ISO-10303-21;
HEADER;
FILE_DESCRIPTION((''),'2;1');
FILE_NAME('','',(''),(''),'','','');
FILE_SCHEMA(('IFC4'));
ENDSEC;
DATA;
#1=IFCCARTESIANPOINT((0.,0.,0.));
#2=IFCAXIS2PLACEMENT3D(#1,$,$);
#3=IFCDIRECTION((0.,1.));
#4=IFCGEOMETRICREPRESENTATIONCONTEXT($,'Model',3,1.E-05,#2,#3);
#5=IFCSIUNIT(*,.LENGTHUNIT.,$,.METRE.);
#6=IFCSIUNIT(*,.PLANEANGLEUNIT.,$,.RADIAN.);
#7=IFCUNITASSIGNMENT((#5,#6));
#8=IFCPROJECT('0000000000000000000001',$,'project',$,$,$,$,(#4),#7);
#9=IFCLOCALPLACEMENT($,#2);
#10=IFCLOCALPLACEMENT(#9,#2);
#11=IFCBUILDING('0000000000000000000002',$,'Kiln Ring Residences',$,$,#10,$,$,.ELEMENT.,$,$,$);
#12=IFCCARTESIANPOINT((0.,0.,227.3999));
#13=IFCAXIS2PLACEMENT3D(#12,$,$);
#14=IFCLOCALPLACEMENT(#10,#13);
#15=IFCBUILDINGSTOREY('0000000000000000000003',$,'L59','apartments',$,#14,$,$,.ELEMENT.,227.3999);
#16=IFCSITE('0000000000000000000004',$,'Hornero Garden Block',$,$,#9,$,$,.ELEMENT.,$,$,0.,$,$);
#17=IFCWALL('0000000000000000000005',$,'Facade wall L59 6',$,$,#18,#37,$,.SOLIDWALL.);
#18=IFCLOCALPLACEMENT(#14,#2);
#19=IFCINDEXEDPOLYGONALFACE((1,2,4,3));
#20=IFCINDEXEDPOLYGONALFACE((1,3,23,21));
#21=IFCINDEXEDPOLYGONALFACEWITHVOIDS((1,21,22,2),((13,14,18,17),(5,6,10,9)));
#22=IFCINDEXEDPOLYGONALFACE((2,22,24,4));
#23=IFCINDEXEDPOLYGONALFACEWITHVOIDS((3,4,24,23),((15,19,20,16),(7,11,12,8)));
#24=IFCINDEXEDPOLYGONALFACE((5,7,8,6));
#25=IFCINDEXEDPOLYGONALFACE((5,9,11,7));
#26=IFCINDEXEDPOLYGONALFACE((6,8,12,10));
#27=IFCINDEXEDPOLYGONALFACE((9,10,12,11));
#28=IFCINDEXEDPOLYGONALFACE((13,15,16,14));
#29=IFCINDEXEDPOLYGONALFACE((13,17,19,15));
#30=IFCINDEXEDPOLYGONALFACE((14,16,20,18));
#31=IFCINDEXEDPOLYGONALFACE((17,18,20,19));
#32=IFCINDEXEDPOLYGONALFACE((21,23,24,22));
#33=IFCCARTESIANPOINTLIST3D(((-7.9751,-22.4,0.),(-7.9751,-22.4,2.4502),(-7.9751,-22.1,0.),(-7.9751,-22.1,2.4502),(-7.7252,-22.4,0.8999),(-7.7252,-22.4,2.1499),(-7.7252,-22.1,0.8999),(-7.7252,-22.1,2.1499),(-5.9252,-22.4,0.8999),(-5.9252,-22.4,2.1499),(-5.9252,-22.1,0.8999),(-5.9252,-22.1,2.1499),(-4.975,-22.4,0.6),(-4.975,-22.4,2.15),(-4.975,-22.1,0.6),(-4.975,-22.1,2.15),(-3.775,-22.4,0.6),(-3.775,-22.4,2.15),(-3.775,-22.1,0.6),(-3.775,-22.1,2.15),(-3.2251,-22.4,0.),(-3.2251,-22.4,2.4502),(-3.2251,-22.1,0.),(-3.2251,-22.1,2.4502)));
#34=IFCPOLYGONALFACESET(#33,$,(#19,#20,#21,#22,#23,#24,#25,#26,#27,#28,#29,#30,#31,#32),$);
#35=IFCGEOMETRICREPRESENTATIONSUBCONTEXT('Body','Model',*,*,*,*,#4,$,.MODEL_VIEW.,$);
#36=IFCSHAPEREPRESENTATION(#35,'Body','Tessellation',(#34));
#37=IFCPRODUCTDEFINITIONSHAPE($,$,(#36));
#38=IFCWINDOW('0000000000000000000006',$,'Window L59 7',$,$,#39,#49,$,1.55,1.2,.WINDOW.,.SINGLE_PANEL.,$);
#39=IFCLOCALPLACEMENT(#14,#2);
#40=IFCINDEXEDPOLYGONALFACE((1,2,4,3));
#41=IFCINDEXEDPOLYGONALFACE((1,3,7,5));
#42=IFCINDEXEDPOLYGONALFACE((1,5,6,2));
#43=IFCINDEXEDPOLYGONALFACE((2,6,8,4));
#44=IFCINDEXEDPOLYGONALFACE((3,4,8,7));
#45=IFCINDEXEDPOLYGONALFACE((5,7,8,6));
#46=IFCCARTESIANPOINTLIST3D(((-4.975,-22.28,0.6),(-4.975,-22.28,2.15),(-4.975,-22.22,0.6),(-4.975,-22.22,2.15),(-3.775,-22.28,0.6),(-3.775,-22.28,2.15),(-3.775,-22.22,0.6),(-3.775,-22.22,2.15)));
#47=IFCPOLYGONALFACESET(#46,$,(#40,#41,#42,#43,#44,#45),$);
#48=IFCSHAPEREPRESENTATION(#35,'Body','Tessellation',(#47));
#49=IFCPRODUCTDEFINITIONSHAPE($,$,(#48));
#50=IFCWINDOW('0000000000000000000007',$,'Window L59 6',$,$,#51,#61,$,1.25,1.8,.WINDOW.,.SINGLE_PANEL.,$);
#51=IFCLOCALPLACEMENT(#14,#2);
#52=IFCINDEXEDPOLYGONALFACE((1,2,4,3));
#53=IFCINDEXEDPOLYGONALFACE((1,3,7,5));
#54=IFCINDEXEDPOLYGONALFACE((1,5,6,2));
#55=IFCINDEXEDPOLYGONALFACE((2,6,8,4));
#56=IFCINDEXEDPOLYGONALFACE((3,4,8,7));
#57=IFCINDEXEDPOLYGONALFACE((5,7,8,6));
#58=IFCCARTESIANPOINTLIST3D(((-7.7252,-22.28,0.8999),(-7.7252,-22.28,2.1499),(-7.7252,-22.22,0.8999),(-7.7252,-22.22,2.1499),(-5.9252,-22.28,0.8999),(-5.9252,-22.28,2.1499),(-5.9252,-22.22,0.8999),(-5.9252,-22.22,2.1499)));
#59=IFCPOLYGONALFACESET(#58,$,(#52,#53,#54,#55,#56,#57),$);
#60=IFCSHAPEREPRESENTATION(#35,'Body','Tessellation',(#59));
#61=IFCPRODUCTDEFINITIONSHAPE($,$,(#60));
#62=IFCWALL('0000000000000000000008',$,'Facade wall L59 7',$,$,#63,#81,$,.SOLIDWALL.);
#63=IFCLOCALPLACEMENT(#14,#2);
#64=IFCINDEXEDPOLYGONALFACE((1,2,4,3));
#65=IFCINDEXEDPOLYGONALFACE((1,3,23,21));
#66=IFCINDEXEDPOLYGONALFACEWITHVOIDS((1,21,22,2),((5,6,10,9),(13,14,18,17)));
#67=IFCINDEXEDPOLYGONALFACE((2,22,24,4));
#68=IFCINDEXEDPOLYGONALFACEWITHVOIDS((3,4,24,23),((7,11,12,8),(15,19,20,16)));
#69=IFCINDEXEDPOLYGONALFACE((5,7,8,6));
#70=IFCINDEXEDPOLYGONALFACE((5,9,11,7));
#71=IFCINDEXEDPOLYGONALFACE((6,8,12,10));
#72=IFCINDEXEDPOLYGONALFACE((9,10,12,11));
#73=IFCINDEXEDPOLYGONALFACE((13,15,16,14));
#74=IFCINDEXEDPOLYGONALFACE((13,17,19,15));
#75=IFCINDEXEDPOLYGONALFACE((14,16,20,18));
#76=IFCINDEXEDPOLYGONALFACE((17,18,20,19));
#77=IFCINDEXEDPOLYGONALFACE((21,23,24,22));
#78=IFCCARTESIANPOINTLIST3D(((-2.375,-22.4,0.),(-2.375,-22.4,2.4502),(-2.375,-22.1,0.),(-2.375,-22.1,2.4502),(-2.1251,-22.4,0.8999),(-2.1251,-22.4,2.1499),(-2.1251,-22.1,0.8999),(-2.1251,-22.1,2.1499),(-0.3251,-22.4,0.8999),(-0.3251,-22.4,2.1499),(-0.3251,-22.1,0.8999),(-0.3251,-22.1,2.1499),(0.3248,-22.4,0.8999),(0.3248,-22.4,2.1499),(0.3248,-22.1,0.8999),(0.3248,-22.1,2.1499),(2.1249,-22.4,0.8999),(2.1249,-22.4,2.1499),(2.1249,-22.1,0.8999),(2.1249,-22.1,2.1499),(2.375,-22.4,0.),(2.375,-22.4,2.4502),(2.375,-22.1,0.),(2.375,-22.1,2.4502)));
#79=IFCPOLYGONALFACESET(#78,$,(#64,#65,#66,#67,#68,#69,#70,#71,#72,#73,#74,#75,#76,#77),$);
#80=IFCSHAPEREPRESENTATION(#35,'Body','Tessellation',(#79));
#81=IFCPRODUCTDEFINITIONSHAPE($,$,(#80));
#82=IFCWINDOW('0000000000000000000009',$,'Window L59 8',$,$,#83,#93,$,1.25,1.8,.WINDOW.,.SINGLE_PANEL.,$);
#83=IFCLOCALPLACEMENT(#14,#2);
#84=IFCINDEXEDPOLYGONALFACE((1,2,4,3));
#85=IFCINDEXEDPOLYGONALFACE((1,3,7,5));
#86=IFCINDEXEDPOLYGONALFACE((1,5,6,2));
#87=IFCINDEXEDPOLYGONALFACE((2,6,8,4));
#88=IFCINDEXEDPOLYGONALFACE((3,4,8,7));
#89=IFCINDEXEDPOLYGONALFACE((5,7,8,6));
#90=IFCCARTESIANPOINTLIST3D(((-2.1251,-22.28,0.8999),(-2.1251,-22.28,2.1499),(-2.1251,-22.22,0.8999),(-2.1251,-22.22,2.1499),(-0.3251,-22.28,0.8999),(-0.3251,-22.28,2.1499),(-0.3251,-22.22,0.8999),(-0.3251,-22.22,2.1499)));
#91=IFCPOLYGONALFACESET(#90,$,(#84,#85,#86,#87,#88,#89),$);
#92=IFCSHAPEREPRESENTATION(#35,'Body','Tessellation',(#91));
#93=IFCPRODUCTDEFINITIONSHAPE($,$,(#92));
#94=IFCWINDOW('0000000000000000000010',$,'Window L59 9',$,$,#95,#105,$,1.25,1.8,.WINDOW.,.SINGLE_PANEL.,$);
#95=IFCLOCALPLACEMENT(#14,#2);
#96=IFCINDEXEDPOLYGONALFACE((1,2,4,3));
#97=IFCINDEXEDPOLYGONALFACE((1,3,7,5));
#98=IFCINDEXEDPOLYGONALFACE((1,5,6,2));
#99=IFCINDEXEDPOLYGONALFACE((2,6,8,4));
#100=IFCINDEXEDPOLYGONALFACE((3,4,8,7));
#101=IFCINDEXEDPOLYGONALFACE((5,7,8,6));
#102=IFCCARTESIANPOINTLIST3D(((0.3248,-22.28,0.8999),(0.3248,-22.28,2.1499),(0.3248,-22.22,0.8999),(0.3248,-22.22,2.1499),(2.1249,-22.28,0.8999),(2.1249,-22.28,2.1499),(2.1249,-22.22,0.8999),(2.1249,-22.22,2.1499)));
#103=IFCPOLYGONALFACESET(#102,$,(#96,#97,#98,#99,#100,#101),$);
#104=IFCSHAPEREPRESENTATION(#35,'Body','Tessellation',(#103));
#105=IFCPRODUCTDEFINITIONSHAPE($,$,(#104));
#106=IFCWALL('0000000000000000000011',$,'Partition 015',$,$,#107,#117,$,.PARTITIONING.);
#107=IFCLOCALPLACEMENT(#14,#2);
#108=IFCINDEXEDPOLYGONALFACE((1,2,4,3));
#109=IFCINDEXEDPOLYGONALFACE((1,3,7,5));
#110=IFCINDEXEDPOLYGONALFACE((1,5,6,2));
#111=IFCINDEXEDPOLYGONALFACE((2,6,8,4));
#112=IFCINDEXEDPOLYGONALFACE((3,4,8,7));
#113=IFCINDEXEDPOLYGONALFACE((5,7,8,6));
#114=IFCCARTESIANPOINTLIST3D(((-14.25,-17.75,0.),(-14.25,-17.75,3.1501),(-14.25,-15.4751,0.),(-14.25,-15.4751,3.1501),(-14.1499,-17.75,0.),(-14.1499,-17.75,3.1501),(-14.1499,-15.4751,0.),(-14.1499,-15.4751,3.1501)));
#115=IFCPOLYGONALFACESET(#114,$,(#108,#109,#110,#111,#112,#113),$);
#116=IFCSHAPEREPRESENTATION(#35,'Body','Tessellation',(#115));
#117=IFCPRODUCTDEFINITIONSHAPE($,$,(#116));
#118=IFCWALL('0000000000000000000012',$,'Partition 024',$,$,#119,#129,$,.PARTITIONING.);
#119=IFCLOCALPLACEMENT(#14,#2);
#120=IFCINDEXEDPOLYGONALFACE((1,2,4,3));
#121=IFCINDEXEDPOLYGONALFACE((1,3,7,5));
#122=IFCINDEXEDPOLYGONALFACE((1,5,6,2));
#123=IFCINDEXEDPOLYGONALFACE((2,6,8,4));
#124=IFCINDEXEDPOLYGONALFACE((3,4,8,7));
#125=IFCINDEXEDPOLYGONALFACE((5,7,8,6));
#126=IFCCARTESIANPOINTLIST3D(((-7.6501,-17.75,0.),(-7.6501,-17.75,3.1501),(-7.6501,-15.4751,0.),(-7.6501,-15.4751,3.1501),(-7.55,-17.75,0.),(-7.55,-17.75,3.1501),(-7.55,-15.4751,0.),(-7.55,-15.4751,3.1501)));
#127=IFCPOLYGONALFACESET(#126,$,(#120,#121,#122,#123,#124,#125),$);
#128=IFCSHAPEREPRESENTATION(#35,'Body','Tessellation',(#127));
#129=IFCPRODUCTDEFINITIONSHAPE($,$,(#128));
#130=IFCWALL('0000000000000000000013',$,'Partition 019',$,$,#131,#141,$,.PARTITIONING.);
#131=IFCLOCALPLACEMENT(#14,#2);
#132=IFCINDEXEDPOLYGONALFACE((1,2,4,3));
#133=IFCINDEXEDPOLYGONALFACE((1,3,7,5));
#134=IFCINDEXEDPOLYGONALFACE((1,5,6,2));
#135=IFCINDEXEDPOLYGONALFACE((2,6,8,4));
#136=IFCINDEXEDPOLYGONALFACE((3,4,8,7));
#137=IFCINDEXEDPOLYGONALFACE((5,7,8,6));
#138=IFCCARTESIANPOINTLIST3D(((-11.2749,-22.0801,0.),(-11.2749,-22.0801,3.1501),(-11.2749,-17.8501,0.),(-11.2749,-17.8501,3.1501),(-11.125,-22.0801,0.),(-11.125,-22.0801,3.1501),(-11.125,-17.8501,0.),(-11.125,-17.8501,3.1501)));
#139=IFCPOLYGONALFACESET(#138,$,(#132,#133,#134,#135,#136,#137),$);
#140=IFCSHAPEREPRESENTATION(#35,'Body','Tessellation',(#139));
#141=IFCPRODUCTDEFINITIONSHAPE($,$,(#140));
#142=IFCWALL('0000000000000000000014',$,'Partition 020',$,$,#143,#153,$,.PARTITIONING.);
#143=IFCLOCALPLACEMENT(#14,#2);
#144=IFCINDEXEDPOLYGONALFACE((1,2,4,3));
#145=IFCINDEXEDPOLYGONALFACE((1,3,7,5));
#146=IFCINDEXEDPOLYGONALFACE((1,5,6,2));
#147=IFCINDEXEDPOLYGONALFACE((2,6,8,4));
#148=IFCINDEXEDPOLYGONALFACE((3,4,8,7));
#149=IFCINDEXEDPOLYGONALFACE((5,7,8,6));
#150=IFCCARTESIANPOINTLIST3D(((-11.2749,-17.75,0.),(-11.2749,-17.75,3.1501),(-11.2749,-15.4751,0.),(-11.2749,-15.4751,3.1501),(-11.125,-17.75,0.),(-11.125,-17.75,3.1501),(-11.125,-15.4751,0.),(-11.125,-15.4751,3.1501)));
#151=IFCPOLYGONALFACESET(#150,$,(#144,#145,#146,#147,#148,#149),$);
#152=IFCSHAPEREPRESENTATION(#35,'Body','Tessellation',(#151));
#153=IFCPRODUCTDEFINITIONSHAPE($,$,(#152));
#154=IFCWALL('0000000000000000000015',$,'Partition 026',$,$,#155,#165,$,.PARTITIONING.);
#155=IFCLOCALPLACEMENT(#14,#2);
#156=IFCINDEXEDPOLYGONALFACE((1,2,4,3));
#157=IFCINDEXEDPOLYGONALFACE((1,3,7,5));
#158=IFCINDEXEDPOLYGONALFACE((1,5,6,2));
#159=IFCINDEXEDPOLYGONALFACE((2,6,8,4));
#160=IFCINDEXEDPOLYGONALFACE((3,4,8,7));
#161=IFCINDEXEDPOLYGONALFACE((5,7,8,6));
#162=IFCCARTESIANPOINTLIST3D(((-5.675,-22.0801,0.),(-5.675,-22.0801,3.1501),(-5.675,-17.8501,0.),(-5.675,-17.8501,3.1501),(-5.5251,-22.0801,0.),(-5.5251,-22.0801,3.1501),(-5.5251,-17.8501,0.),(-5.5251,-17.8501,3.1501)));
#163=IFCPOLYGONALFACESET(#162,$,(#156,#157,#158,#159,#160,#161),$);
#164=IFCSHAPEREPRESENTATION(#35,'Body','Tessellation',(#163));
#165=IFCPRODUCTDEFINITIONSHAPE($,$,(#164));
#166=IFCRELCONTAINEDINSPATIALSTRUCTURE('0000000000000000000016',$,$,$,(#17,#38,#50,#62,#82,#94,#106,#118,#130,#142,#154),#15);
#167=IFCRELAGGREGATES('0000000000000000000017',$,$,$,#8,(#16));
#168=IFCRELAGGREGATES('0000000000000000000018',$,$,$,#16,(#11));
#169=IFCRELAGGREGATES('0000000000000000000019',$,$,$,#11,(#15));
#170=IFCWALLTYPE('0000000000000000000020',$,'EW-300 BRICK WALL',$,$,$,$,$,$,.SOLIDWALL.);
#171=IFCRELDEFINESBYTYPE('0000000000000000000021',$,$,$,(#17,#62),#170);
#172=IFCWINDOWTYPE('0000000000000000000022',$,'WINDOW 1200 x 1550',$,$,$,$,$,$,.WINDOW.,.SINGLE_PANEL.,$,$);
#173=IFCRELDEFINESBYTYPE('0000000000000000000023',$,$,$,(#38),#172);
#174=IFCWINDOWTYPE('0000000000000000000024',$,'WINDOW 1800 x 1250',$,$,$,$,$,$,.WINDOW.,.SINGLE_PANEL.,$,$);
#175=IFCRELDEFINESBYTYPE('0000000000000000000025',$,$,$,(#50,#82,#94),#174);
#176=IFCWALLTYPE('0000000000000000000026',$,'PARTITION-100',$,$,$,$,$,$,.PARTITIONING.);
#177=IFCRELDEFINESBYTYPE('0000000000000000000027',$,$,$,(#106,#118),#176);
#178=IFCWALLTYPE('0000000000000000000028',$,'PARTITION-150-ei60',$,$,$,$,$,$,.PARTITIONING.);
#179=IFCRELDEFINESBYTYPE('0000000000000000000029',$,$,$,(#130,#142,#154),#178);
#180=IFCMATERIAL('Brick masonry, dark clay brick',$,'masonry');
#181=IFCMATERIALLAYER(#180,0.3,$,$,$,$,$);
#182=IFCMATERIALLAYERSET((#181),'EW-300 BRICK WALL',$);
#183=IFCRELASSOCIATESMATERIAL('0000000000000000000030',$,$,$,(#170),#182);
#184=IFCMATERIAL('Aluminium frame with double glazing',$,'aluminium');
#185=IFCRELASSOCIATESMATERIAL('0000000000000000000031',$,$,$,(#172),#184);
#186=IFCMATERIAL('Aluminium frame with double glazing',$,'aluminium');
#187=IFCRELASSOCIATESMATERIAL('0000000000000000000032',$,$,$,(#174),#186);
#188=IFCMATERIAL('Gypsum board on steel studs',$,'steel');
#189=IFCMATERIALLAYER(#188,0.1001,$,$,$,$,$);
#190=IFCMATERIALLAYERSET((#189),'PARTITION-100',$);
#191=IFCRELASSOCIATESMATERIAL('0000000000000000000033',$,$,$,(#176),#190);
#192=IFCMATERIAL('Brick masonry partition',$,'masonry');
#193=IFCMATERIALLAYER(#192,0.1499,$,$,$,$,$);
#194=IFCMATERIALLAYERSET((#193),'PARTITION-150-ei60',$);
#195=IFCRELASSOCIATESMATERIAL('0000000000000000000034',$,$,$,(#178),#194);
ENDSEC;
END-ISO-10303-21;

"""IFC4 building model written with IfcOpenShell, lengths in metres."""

from ifc_helpers import new_model, si_unit, direction, frame, frame_2d, origin, place, context, subcontext, project, spatial, rectangle, extrude, material, layer, layer_set, type_object, element, fill, save


model = new_model("IFC4")

# Units and contexts
model_context = context("Model", 3, precision=1e-05, world=origin(), true_north=direction((0.0, 1.0)))
body_context = subcontext(model_context, "Body", "Model", "MODEL_VIEW")
ifc_project = project(units=[si_unit("LENGTHUNIT", "METRE"), si_unit("PLANEANGLEUNIT", "RADIAN")], contexts=[model_context])

# Site, building, storey
site_placement = place(None, origin())
site = spatial("IfcSite", under=ifc_project, at=site_placement, Name="Hornero Garden Block", CompositionType="ELEMENT", RefElevation=0.0)
building_placement = place(site_placement, origin())
building = spatial("IfcBuilding", under=site, at=building_placement, Name="Kiln Ring Residences", CompositionType="ELEMENT")
storey_placement = place(building_placement, frame((0.0, 0.0, 227.3999)))
storey = spatial("IfcBuildingStorey", under=building, at=storey_placement, Name="L59", Description="apartments", CompositionType="ELEMENT", Elevation=227.3999)

# Shared definitions
ifc_material_1 = material(Name="Brick masonry, dark clay brick", Category="masonry")
ifc_layer_1 = layer(ifc_material_1, 0.3)
ifc_layer_set_1 = layer_set([ifc_layer_1], Name="EW-300 BRICK WALL")
wall_type_1 = type_object("IfcWallType", Name="EW-300 BRICK WALL", PredefinedType="SOLIDWALL", material=ifc_layer_set_1)
ifc_material_2 = material(Name="Aluminium frame with double glazing", Category="aluminium")
window_type_1 = type_object("IfcWindowType", Name="WINDOW 1200 x 1550", PartitioningType="SINGLE_PANEL", PredefinedType="WINDOW", material=ifc_material_2)

# Walls, openings, windows
wall_1_placement = place(storey_placement, frame((-7.9751, -22.25, 0.0), z_axis=(0.0, 0.0, 1.0), x_axis=(1.0, 0.0, 0.0)))
wall_1 = element("IfcWall", 1, at=wall_1_placement, inside=storey, type_object=wall_type_1, Name="Facade wall L59 6", PredefinedType="SOLIDWALL", context=body_context, shape_type="SweptSolid", body=[
    extrude(rectangle(XDim=4.75, YDim=0.3, at=frame_2d((2.375, 0.0))), origin(), (0.0, 0.0, 1.0), 2.4502),
])
opening_1_placement = place(wall_1_placement, frame((0.25, 0.0, 0.8999)))
opening_1 = element("IfcOpeningElement", 2, at=opening_1_placement, cuts=wall_1, PredefinedType="OPENING", context=body_context, shape_type="SweptSolid", body=[
    extrude(rectangle(XDim=1.8, YDim=1.25, at=frame_2d((0.8999, 0.625))), frame((0.0, 0.1599, 0.0), z_axis=(0.0, -1.0, 0.0), x_axis=(1.0, 0.0, 0.0)), (0.0, 0.0, 1.0), 0.3201),
])
opening_2_placement = place(wall_1_placement, frame((3.0, 0.0, 0.6001)))
opening_2 = element("IfcOpeningElement", 3, at=opening_2_placement, cuts=wall_1, PredefinedType="OPENING", context=body_context, shape_type="SweptSolid", body=[
    extrude(rectangle(XDim=1.2, YDim=1.55, at=frame_2d((0.6001, 0.7749))), frame((0.0, 0.1599, 0.0), z_axis=(0.0, -1.0, 0.0), x_axis=(1.0, 0.0, 0.0)), (0.0, 0.0, 1.0), 0.3201),
])
window_1_placement = place(opening_2_placement, origin())
window_1 = element("IfcWindow", 4, at=window_1_placement, inside=storey, type_object=window_type_1, Name="Window L59 7", OverallHeight=1.55, OverallWidth=1.2, PartitioningType="SINGLE_PANEL", PredefinedType="WINDOW", context=body_context, shape_type="SweptSolid", body=[
    extrude(rectangle(XDim=1.2, YDim=1.55, at=frame_2d((0.6001, 0.7749))), frame((0.0, 0.03, 0.0), z_axis=(0.0, -1.0, 0.0), x_axis=(1.0, 0.0, 0.0)), (0.0, 0.0, 1.0), 0.0601),
])
fill(opening_2, window_1)
ifc_material_3 = material(Name="Aluminium frame with double glazing", Category="aluminium")
window_type_2 = type_object("IfcWindowType", Name="WINDOW 1800 x 1250", PartitioningType="SINGLE_PANEL", PredefinedType="WINDOW", material=ifc_material_3)
window_2_placement = place(opening_1_placement, origin())
window_2 = element("IfcWindow", 5, at=window_2_placement, inside=storey, type_object=window_type_2, Name="Window L59 6", OverallHeight=1.25, OverallWidth=1.8, PartitioningType="SINGLE_PANEL", PredefinedType="WINDOW", context=body_context, shape_type="SweptSolid", body=[
    extrude(rectangle(XDim=1.8, YDim=1.25, at=frame_2d((0.8999, 0.625))), frame((0.0, 0.03, 0.0), z_axis=(0.0, -1.0, 0.0), x_axis=(1.0, 0.0, 0.0)), (0.0, 0.0, 1.0), 0.0601),
])
fill(opening_1, window_2)
wall_2_placement = place(storey_placement, frame((-2.375, -22.25, 0.0), z_axis=(0.0, 0.0, 1.0), x_axis=(1.0, 0.0, 0.0)))
wall_2 = element("IfcWall", 6, at=wall_2_placement, inside=storey, type_object=wall_type_1, Name="Facade wall L59 7", PredefinedType="SOLIDWALL", context=body_context, shape_type="SweptSolid", body=[
    extrude(rectangle(XDim=4.75, YDim=0.3, at=frame_2d((2.375, 0.0))), origin(), (0.0, 0.0, 1.0), 2.4502),
])
opening_3_placement = place(wall_2_placement, frame((0.25, 0.0, 0.8999)))
opening_3 = element("IfcOpeningElement", 7, at=opening_3_placement, cuts=wall_2, PredefinedType="OPENING", context=body_context, shape_type="SweptSolid", body=[
    extrude(rectangle(XDim=1.8, YDim=1.25, at=frame_2d((0.8999, 0.625))), frame((0.0, 0.1599, 0.0), z_axis=(0.0, -1.0, 0.0), x_axis=(1.0, 0.0, 0.0)), (0.0, 0.0, 1.0), 0.3201),
])
opening_4_placement = place(wall_2_placement, frame((2.7, 0.0, 0.8999)))
opening_4 = element("IfcOpeningElement", 8, at=opening_4_placement, cuts=wall_2, PredefinedType="OPENING", context=body_context, shape_type="SweptSolid", body=[
    extrude(rectangle(XDim=1.8, YDim=1.25, at=frame_2d((0.8999, 0.625))), frame((0.0, 0.1599, 0.0), z_axis=(0.0, -1.0, 0.0), x_axis=(1.0, 0.0, 0.0)), (0.0, 0.0, 1.0), 0.3201),
])
window_3_placement = place(opening_3_placement, origin())
window_3 = element("IfcWindow", 9, at=window_3_placement, inside=storey, type_object=window_type_2, Name="Window L59 8", OverallHeight=1.25, OverallWidth=1.8, PartitioningType="SINGLE_PANEL", PredefinedType="WINDOW", context=body_context, shape_type="SweptSolid", body=[
    extrude(rectangle(XDim=1.8, YDim=1.25, at=frame_2d((0.8999, 0.625))), frame((0.0, 0.03, 0.0), z_axis=(0.0, -1.0, 0.0), x_axis=(1.0, 0.0, 0.0)), (0.0, 0.0, 1.0), 0.0601),
])
fill(opening_3, window_3)
window_4_placement = place(opening_4_placement, origin())
window_4 = element("IfcWindow", 10, at=window_4_placement, inside=storey, type_object=window_type_2, Name="Window L59 9", OverallHeight=1.25, OverallWidth=1.8, PartitioningType="SINGLE_PANEL", PredefinedType="WINDOW", context=body_context, shape_type="SweptSolid", body=[
    extrude(rectangle(XDim=1.8, YDim=1.25, at=frame_2d((0.8999, 0.625))), frame((0.0, 0.03, 0.0), z_axis=(0.0, -1.0, 0.0), x_axis=(1.0, 0.0, 0.0)), (0.0, 0.0, 1.0), 0.0601),
])
fill(opening_4, window_4)

# Walls
ifc_material_4 = material(Name="Gypsum board on steel studs", Category="steel")
ifc_layer_2 = layer(ifc_material_4, 0.1001)
ifc_layer_set_2 = layer_set([ifc_layer_2], Name="PARTITION-100")
wall_type_2 = type_object("IfcWallType", Name="PARTITION-100", PredefinedType="PARTITIONING", material=ifc_layer_set_2)
for number, where, z_axis, x_axis, name in (
    (11, (-14.2, -17.75, 0.0), (0.0, 0.0, 1.0), (0.0, 1.0, 0.0), "Partition 015"),
    (12, (-7.6001, -17.75, 0.0), (0.0, 0.0, 1.0), (0.0, 1.0, 0.0), "Partition 024"),
):
    element("IfcWall", number, at=place(storey_placement, frame(where, z_axis=z_axis, x_axis=x_axis)), inside=storey, type_object=wall_type_2, Name=name, PredefinedType="PARTITIONING", context=body_context, shape_type="SweptSolid", body=[
        extrude(rectangle(XDim=2.2749, YDim=0.1001, at=frame_2d((1.1375, 0.0))), origin(), (0.0, 0.0, 1.0), 3.1501),
    ])
ifc_material_5 = material(Name="Brick masonry partition", Category="masonry")
ifc_layer_3 = layer(ifc_material_5, 0.1499)
ifc_layer_set_3 = layer_set([ifc_layer_3], Name="PARTITION-150-ei60")
wall_type_3 = type_object("IfcWallType", Name="PARTITION-150-ei60", PredefinedType="PARTITIONING", material=ifc_layer_set_3)
wall_3_placement = place(storey_placement, frame((-11.2, -22.0801, 0.0), z_axis=(0.0, 0.0, 1.0), x_axis=(0.0, 1.0, 0.0)))
element("IfcWall", 13, at=wall_3_placement, inside=storey, type_object=wall_type_3, Name="Partition 019", PredefinedType="PARTITIONING", context=body_context, shape_type="SweptSolid", body=[
    extrude(rectangle(XDim=4.23, YDim=0.1499, at=frame_2d((2.115, 0.0))), origin(), (0.0, 0.0, 1.0), 3.1501),
])
wall_4_placement = place(storey_placement, frame((-11.2, -17.75, 0.0), z_axis=(0.0, 0.0, 1.0), x_axis=(0.0, 1.0, 0.0)))
element("IfcWall", 14, at=wall_4_placement, inside=storey, type_object=wall_type_3, Name="Partition 020", PredefinedType="PARTITIONING", context=body_context, shape_type="SweptSolid", body=[
    extrude(rectangle(XDim=2.2749, YDim=0.1499, at=frame_2d((1.1375, 0.0))), origin(), (0.0, 0.0, 1.0), 3.1501),
])
wall_5_placement = place(storey_placement, frame((-5.6001, -22.0801, 0.0), z_axis=(0.0, 0.0, 1.0), x_axis=(0.0, 1.0, 0.0)))
element("IfcWall", 15, at=wall_5_placement, inside=storey, type_object=wall_type_3, Name="Partition 026", PredefinedType="PARTITIONING", context=body_context, shape_type="SweptSolid", body=[
    extrude(rectangle(XDim=4.23, YDim=0.1499, at=frame_2d((2.115, 0.0))), origin(), (0.0, 0.0, 1.0), 3.1501),
])

save(model, "model.ifc")
